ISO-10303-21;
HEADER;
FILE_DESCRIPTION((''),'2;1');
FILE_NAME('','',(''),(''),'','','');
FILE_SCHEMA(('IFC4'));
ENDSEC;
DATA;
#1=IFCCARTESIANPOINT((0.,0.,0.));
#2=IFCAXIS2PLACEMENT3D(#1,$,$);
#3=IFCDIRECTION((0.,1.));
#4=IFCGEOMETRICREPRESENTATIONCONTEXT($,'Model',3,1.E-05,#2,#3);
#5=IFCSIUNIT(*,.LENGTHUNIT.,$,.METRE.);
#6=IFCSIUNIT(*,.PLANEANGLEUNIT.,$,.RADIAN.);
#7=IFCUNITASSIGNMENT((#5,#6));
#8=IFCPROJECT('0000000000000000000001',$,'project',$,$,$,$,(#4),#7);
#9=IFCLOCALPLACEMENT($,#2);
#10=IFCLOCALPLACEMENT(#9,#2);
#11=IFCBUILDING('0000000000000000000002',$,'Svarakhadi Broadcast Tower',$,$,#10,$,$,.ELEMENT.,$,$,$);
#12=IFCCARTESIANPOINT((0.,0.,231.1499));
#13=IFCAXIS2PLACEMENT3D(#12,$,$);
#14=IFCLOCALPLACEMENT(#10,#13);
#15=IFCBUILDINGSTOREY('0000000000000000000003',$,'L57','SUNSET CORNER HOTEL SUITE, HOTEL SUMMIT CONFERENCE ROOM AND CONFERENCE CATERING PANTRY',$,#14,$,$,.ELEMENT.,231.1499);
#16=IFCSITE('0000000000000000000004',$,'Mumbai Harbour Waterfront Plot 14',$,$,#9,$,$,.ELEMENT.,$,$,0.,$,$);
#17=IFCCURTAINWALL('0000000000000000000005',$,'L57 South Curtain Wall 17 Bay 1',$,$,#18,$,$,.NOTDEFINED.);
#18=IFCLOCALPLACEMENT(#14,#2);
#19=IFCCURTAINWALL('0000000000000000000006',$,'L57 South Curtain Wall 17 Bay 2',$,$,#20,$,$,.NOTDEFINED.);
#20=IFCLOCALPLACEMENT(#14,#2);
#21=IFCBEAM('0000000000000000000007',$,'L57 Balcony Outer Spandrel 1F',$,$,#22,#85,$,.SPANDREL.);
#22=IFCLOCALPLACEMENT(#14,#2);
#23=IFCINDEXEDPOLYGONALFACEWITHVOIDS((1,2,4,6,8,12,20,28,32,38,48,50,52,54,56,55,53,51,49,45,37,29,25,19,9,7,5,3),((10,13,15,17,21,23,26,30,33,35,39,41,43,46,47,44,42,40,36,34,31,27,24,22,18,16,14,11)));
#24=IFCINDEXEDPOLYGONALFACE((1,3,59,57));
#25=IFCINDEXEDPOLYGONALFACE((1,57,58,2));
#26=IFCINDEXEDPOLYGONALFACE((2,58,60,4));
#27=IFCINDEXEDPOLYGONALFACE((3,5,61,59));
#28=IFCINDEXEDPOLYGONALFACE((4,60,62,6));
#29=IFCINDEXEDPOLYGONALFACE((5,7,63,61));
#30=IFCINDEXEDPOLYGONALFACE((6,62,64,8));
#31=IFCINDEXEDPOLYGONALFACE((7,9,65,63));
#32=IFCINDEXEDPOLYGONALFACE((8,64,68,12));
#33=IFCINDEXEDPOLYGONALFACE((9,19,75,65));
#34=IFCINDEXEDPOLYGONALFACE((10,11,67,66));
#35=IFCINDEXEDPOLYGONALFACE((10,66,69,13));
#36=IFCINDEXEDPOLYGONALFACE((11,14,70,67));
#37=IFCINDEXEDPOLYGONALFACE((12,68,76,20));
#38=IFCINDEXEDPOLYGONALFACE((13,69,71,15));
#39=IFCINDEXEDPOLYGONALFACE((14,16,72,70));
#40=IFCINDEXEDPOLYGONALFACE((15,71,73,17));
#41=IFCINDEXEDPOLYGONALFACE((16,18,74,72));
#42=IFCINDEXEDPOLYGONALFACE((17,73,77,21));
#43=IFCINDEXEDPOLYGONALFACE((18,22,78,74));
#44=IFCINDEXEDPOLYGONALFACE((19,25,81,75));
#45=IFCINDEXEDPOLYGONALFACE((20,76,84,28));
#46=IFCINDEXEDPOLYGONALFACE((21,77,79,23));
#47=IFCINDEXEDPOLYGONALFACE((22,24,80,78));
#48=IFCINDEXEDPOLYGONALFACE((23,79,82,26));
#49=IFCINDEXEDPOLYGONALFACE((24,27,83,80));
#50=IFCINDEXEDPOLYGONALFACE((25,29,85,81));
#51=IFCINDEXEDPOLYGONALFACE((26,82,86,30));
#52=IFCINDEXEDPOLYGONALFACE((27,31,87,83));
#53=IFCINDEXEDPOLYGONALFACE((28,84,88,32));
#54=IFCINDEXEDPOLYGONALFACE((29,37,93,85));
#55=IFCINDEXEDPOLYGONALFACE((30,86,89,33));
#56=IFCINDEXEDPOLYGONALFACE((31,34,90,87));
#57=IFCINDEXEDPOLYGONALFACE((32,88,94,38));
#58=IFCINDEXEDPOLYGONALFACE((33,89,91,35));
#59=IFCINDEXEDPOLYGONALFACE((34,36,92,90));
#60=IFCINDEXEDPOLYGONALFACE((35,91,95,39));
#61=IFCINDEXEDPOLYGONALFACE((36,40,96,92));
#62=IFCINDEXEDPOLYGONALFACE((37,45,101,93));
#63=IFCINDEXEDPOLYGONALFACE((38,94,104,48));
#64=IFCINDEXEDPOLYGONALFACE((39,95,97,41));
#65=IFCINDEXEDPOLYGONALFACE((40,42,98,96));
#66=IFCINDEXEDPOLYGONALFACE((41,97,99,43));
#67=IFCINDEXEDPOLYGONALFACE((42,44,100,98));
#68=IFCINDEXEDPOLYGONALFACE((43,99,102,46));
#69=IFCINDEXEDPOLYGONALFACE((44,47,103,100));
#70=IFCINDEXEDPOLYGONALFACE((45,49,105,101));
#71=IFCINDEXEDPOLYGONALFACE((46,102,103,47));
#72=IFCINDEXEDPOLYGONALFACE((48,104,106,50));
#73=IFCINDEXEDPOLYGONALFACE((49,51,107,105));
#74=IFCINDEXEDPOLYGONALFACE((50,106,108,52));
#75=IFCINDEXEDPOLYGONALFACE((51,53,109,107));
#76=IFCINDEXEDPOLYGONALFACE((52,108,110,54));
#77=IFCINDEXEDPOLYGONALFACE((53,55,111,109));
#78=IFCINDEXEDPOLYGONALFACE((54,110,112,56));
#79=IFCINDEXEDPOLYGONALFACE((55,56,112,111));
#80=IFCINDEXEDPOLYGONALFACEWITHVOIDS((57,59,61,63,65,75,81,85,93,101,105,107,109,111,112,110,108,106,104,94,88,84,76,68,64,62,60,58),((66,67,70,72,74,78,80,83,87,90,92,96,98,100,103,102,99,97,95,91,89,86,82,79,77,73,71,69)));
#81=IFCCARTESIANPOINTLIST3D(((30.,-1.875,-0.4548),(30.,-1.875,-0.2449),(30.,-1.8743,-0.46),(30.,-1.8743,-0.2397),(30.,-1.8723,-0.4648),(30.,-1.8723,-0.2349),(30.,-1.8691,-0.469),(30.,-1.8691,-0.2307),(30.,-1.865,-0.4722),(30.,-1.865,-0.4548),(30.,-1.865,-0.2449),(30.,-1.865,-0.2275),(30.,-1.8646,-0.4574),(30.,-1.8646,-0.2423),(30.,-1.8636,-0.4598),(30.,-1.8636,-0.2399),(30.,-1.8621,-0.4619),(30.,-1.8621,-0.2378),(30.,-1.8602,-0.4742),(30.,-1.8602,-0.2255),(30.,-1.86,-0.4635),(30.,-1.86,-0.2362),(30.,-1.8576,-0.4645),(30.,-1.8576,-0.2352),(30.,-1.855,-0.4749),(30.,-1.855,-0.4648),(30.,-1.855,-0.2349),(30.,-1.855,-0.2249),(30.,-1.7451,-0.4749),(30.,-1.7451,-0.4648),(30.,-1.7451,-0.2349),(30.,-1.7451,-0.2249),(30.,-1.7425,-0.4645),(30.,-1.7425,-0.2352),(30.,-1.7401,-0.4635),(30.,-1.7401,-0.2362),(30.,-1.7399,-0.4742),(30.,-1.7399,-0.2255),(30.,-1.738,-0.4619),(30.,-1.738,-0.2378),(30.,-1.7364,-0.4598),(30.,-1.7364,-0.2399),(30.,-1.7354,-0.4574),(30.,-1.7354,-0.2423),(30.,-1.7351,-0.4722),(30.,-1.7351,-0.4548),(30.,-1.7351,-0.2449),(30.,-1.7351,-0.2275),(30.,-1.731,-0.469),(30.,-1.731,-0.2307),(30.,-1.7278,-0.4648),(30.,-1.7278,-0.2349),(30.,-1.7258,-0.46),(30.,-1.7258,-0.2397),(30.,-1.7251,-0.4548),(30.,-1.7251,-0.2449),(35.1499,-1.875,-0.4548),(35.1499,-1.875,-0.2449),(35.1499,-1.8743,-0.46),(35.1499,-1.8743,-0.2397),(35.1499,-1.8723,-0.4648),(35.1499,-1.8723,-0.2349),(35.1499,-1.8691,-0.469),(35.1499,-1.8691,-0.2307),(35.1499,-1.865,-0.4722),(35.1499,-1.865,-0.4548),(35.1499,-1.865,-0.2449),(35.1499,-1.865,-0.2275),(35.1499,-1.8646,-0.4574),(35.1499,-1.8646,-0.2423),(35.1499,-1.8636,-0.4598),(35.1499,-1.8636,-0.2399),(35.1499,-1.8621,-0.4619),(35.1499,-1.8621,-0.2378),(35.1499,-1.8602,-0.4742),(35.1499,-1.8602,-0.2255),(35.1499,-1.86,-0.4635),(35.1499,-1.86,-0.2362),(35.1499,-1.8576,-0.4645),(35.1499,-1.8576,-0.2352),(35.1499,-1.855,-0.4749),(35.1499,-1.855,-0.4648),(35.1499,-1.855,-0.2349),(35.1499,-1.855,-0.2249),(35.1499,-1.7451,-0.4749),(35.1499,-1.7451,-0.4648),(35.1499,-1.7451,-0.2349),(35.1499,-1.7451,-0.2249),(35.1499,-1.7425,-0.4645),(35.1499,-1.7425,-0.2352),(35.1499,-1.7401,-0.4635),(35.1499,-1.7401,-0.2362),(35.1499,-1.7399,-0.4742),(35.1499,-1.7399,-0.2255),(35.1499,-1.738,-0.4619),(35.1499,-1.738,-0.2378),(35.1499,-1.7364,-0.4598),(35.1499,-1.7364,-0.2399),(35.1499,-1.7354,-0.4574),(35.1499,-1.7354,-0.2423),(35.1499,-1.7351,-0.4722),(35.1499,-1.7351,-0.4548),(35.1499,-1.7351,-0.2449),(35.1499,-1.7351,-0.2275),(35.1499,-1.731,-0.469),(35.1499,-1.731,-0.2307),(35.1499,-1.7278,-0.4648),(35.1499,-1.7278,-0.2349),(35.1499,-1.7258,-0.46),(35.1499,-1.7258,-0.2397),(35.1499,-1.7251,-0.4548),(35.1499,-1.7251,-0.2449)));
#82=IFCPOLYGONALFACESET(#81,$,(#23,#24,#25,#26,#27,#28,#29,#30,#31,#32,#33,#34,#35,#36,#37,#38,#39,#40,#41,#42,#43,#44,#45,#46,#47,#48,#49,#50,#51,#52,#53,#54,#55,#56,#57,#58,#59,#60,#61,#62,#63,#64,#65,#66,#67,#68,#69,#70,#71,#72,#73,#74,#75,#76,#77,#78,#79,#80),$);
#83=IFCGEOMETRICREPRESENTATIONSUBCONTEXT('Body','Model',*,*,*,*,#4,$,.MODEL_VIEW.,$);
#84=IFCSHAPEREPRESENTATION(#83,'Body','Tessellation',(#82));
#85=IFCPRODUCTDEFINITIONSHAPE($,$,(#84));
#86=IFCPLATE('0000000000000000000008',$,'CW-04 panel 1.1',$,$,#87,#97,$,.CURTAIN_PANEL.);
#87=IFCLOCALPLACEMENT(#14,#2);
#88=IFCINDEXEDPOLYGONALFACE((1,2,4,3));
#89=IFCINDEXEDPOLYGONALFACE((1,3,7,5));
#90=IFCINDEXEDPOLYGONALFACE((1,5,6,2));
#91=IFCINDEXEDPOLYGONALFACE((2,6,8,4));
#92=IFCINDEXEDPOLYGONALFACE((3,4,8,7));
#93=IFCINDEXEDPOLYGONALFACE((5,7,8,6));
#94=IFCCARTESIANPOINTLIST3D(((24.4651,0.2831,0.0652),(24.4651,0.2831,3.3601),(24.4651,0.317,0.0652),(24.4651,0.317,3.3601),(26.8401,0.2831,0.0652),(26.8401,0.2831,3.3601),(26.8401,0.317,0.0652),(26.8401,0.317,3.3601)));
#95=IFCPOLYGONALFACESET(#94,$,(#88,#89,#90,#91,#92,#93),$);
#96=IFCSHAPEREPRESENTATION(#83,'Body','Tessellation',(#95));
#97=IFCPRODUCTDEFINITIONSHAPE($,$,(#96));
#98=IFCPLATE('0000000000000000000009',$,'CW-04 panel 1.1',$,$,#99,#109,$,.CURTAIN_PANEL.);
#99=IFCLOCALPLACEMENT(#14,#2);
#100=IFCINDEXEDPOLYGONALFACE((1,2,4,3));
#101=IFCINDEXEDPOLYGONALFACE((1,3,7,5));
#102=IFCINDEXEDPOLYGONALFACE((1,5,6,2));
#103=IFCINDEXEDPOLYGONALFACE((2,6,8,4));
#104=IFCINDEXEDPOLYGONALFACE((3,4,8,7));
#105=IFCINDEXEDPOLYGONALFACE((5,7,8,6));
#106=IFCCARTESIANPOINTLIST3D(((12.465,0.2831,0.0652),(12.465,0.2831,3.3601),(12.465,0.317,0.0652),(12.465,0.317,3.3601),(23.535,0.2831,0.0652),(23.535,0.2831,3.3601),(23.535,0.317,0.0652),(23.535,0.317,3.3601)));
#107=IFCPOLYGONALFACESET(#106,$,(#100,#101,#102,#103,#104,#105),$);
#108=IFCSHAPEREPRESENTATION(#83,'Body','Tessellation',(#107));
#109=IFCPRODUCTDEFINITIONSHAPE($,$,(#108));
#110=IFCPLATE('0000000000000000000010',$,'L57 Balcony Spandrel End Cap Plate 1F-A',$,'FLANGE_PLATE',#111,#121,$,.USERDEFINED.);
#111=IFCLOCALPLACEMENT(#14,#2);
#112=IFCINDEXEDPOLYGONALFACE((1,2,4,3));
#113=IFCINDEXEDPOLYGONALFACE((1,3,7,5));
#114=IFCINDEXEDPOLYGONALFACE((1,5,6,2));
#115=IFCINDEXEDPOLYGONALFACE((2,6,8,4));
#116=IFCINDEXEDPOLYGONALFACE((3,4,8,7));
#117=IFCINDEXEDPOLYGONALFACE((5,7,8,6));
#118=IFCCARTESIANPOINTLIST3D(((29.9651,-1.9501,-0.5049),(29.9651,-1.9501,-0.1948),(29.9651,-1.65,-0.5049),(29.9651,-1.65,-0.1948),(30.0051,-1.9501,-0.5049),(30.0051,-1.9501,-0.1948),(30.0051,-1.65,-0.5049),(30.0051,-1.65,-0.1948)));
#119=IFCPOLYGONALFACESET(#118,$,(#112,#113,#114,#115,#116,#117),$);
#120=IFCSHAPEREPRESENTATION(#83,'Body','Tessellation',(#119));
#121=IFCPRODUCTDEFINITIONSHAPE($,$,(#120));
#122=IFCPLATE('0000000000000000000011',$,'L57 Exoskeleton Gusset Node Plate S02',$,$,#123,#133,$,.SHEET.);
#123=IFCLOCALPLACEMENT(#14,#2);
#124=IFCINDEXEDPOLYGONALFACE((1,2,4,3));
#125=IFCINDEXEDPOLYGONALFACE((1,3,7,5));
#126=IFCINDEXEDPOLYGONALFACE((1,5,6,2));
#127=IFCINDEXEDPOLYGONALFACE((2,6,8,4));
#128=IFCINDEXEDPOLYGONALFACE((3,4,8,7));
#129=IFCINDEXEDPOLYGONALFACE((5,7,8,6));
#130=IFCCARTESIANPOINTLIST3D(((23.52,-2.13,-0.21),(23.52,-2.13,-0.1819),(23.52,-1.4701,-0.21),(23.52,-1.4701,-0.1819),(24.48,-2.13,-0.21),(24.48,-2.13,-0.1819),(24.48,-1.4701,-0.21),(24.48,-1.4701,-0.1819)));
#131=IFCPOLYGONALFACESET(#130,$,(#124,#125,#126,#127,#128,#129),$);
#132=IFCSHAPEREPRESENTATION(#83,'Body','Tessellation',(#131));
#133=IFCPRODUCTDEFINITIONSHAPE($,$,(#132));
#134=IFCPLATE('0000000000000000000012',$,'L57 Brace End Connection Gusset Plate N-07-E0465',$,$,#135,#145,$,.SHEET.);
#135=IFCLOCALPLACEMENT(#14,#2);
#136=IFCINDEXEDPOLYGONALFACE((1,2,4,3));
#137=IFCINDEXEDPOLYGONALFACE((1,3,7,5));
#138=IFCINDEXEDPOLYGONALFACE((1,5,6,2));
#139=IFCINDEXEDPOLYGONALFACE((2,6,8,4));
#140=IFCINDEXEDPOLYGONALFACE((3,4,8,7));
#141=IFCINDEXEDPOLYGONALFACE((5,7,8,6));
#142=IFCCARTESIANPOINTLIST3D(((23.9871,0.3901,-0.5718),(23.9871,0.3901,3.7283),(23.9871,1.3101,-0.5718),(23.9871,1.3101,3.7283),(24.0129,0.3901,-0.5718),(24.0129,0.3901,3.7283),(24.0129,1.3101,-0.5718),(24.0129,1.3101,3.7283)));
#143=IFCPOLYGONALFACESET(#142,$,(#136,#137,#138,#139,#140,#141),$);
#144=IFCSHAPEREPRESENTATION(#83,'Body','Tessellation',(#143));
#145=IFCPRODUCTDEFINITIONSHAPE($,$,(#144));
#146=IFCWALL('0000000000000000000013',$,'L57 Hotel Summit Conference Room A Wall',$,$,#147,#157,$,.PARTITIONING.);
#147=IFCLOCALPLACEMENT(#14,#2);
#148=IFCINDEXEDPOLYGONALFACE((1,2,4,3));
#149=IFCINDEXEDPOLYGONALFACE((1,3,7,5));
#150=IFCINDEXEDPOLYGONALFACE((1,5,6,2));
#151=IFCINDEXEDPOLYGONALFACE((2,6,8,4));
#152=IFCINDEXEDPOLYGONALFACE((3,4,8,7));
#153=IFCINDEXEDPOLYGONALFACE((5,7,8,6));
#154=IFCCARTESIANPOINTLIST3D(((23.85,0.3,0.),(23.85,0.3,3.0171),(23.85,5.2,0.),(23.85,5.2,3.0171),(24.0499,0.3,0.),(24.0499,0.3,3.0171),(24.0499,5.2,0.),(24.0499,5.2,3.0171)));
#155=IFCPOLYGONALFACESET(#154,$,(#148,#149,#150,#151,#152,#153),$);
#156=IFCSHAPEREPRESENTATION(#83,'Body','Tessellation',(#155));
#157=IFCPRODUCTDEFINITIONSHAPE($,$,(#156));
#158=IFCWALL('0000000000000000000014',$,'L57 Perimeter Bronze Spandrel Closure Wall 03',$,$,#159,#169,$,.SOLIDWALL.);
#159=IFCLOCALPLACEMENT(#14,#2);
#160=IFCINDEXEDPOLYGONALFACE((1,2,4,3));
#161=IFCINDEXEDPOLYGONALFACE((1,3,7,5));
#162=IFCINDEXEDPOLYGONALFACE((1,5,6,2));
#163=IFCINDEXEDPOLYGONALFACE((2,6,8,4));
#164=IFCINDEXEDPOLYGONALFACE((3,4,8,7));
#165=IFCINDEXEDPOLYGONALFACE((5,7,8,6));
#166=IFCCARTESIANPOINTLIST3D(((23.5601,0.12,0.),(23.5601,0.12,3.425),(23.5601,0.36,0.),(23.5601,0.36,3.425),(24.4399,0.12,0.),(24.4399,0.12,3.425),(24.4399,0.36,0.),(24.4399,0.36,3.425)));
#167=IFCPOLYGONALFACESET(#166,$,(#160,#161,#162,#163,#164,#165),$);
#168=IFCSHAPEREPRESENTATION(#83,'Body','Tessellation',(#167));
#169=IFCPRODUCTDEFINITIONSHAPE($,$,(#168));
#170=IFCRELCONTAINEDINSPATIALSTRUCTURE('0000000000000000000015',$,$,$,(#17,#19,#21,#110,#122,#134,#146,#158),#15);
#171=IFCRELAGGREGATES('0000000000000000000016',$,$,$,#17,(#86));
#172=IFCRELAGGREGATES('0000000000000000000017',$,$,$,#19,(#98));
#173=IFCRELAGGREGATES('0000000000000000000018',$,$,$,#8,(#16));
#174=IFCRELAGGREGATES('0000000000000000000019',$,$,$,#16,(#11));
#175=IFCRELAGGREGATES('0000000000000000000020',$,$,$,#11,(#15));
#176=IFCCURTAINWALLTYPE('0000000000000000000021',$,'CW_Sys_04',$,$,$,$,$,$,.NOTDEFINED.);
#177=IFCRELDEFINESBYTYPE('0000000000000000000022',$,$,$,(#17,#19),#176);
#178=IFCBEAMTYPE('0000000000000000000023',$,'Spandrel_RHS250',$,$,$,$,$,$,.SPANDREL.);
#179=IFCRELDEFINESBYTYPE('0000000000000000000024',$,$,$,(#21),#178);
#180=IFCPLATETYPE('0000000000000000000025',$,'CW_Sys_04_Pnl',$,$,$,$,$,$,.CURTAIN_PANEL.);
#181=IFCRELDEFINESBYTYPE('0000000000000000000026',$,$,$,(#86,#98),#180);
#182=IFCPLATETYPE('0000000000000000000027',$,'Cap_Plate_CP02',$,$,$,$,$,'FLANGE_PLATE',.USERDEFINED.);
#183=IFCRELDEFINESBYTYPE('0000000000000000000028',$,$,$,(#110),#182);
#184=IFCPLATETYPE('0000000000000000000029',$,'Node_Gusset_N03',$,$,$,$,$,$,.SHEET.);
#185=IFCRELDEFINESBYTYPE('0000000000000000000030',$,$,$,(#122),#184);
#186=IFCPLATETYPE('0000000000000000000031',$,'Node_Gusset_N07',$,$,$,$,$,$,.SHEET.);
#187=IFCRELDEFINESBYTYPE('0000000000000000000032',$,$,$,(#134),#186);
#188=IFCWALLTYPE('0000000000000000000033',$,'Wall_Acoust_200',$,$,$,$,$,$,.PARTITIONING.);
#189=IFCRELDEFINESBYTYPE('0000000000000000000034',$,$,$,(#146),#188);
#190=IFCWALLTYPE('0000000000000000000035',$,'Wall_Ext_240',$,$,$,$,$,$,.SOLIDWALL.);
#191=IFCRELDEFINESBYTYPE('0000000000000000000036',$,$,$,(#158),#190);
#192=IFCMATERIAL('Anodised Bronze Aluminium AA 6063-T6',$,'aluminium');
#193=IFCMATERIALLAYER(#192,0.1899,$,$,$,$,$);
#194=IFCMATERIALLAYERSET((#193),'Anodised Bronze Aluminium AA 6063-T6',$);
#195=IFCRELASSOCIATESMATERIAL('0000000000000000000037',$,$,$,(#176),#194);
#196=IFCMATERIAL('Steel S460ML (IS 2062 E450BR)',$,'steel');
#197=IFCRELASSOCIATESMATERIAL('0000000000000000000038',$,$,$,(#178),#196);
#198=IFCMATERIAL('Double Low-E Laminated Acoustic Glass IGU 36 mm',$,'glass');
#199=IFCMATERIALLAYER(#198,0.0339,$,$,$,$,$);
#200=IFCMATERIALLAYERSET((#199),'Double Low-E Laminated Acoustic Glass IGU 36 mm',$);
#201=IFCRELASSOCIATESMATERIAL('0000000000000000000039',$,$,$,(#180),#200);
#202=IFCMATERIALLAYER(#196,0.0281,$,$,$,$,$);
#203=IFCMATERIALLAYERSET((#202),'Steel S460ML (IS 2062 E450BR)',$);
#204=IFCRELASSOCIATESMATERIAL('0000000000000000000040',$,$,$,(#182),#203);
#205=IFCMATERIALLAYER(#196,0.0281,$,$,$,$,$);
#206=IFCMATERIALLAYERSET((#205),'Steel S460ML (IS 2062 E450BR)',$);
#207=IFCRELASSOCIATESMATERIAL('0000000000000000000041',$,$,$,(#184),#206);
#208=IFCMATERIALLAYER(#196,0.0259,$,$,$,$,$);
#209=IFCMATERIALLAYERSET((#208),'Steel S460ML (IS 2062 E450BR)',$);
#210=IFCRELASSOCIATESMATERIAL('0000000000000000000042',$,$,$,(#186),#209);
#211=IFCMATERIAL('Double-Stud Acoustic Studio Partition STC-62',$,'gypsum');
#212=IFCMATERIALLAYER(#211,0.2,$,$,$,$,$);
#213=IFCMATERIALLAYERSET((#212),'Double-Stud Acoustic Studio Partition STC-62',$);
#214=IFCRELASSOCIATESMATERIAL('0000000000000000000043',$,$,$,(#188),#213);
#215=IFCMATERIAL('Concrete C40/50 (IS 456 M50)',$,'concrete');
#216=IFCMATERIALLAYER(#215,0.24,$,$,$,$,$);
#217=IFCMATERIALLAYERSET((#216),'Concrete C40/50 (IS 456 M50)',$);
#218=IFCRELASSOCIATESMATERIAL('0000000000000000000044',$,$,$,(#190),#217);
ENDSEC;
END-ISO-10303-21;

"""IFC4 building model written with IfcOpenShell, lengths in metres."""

from ifc_helpers import new_model, si_unit, direction, frame, frame_2d, origin, origin_2d, place, context, subcontext, project, spatial, rectangle, hollow_rectangle, extrude, material, layer, layer_set, material_profile, profile_set, type_object, element, aggregate, save


model = new_model("IFC4")

# Units and contexts
model_context = context("Model", 3, precision=1e-05, world=origin(), true_north=direction((0.0, 1.0)))
body_context = subcontext(model_context, "Body", "Model", "MODEL_VIEW")
ifc_project = project(units=[si_unit("LENGTHUNIT", "METRE"), si_unit("PLANEANGLEUNIT", "RADIAN")], contexts=[model_context])

# Site, building, storey
site_placement = place(None, origin())
site = spatial("IfcSite", under=ifc_project, at=site_placement, Name="Mumbai Harbour Waterfront Plot 14", CompositionType="ELEMENT", RefElevation=0.0)
building_placement = place(site_placement, origin())
building = spatial("IfcBuilding", under=site, at=building_placement, Name="Svarakhadi Broadcast Tower", CompositionType="ELEMENT")
storey_placement = place(building_placement, frame((0.0, 0.0, 231.1499)))
storey = spatial("IfcBuildingStorey", under=building, at=storey_placement, Name="L57", Description="SUNSET CORNER HOTEL SUITE, HOTEL SUMMIT CONFERENCE ROOM AND CONFERENCE CATERING PANTRY", CompositionType="ELEMENT", Elevation=231.1499)

# Shared definitions
ifc_material_1 = material(Name="Steel S460ML (IS 2062 E450BR)", Category="steel")

# Curtain wall
ifc_material_2 = material(Name="Anodised Bronze Aluminium AA 6063-T6", Category="aluminium")
ifc_layer_1 = layer(ifc_material_2, 0.1899)
ifc_layer_set_1 = layer_set([ifc_layer_1], Name="Anodised Bronze Aluminium AA 6063-T6")
curtain_wall_type = type_object("IfcCurtainWallType", Name="CW_Sys_04", PredefinedType="NOTDEFINED", material=ifc_layer_set_1)
curtain_wall_1_placement = place(storey_placement, origin())
curtain_wall_1 = element("IfcCurtainWall", 1, at=curtain_wall_1_placement, inside=storey, type_object=curtain_wall_type, Name="L57 South Curtain Wall 17 Bay 1", PredefinedType="NOTDEFINED")

# Curtain wall
curtain_wall_2_placement = place(storey_placement, origin())
curtain_wall_2 = element("IfcCurtainWall", 2, at=curtain_wall_2_placement, inside=storey, type_object=curtain_wall_type, Name="L57 South Curtain Wall 17 Bay 2", PredefinedType="NOTDEFINED")

# Beam
ifc_material_profile_1 = material_profile(ifc_material_1, hollow_rectangle(XDim=0.1499, YDim=0.25, WallThickness=0.01, InnerFilletRadius=0.01, OuterFilletRadius=0.02, at=origin_2d()), Name="RHS 250x150x10")
ifc_profile_set_1 = profile_set([ifc_material_profile_1], Name="Steel S460ML (IS 2062 E450BR)")
beam_type_1 = type_object("IfcBeamType", Name="Spandrel_RHS250", PredefinedType="SPANDREL", material=ifc_profile_set_1)
beam_placement = place(storey_placement, frame((30.0, -1.8, -0.3499), z_axis=(1.0, 0.0, 0.0), x_axis=(0.0, 1.0, 0.0)))
element("IfcBeam", 3, at=beam_placement, inside=storey, type_object=beam_type_1, Name="L57 Balcony Outer Spandrel 1F", PredefinedType="SPANDREL", context=body_context, shape_type="SweptSolid", body=[
    extrude(hollow_rectangle(XDim=0.1499, YDim=0.25, WallThickness=0.01, InnerFilletRadius=0.01, OuterFilletRadius=0.02, at=origin_2d()), origin(), (0.0, 0.0, 1.0), 5.1499),
])

# Plates
ifc_material_3 = material(Name="Double Low-E Laminated Acoustic Glass IGU 36 mm", Category="glass")
ifc_layer_2 = layer(ifc_material_3, 0.0339)
ifc_layer_set_2 = layer_set([ifc_layer_2], Name="Double Low-E Laminated Acoustic Glass IGU 36 mm")
plate_type_1 = type_object("IfcPlateType", Name="CW_Sys_04_Pnl", PredefinedType="CURTAIN_PANEL", material=ifc_layer_set_2)
plate_1_placement = place(storey_placement, frame((25.6526, 0.3, 0.0652), z_axis=(0.0, 0.0, 1.0), x_axis=(-1.0, 0.0, 0.0)))
plate_1 = element("IfcPlate", 4, at=plate_1_placement, type_object=plate_type_1, Name="CW-04 panel 1.1", PredefinedType="CURTAIN_PANEL", context=body_context, shape_type="SweptSolid", body=[
    extrude(rectangle(XDim=2.375, YDim=0.0339, at=origin_2d()), origin(), (0.0, 0.0, 1.0), 3.2949),
])
aggregate(curtain_wall_1, [plate_1])
plate_2_placement = place(storey_placement, frame((18.0, 0.3, 0.0652), z_axis=(0.0, 0.0, 1.0), x_axis=(-1.0, 0.0, 0.0)))
plate_2 = element("IfcPlate", 5, at=plate_2_placement, type_object=plate_type_1, Name="CW-04 panel 1.1", PredefinedType="CURTAIN_PANEL", context=body_context, shape_type="SweptSolid", body=[
    extrude(rectangle(XDim=11.0701, YDim=0.0339, at=origin_2d()), origin(), (0.0, 0.0, 1.0), 3.2949),
])
aggregate(curtain_wall_2, [plate_2])

# Plates
ifc_layer_3 = layer(ifc_material_1, 0.0281)
ifc_layer_set_3 = layer_set([ifc_layer_3], Name="Steel S460ML (IS 2062 E450BR)")
plate_type_2 = type_object("IfcPlateType", Name="Cap_Plate_CP02", ElementType="FLANGE_PLATE", PredefinedType="USERDEFINED", material=ifc_layer_set_3)
plate_3_placement = place(storey_placement, frame((29.9851, -1.8, -0.5049), z_axis=(0.0, 0.0, 1.0), x_axis=(1.0, 0.0, 0.0)))
element("IfcPlate", 6, at=plate_3_placement, inside=storey, type_object=plate_type_2, Name="L57 Balcony Spandrel End Cap Plate 1F-A", ObjectType="FLANGE_PLATE", PredefinedType="USERDEFINED", context=body_context, shape_type="SweptSolid", body=[
    extrude(rectangle(XDim=0.04, YDim=0.3, at=origin_2d()), origin(), (0.0, 0.0, 1.0), 0.3101),
])
ifc_layer_4 = layer(ifc_material_1, 0.0281)
ifc_layer_set_4 = layer_set([ifc_layer_4], Name="Steel S460ML (IS 2062 E450BR)")
plate_type_3 = type_object("IfcPlateType", Name="Node_Gusset_N03", PredefinedType="SHEET", material=ifc_layer_set_4)
plate_4_placement = place(storey_placement, frame((24.0, -1.8, -0.21), z_axis=(0.0, 0.0, 1.0), x_axis=(1.0, 0.0, 0.0)))
element("IfcPlate", 7, at=plate_4_placement, inside=storey, type_object=plate_type_3, Name="L57 Exoskeleton Gusset Node Plate S02", PredefinedType="SHEET", context=body_context, shape_type="SweptSolid", body=[
    extrude(rectangle(XDim=0.96, YDim=0.6599, at=origin_2d()), origin(), (0.0, 0.0, 1.0), 0.0281),
])
ifc_layer_5 = layer(ifc_material_1, 0.0259)
ifc_layer_set_5 = layer_set([ifc_layer_5], Name="Steel S460ML (IS 2062 E450BR)")
plate_type_4 = type_object("IfcPlateType", Name="Node_Gusset_N07", PredefinedType="SHEET", material=ifc_layer_set_5)
plate_5_placement = place(storey_placement, frame((24.0, 0.8501, -0.5718), z_axis=(0.0, 0.0, 1.0), x_axis=(0.0, 1.0, 0.0)))
element("IfcPlate", 8, at=plate_5_placement, inside=storey, type_object=plate_type_4, Name="L57 Brace End Connection Gusset Plate N-07-E0465", PredefinedType="SHEET", context=body_context, shape_type="SweptSolid", body=[
    extrude(rectangle(XDim=0.9199, YDim=0.0259, at=origin_2d()), origin(), (0.0, 0.0, 1.0), 4.3),
])

# Walls
ifc_material_4 = material(Name="Double-Stud Acoustic Studio Partition STC-62", Category="gypsum")
ifc_layer_6 = layer(ifc_material_4, 0.2)
ifc_layer_set_6 = layer_set([ifc_layer_6], Name="Double-Stud Acoustic Studio Partition STC-62")
wall_type_1 = type_object("IfcWallType", Name="Wall_Acoust_200", PredefinedType="PARTITIONING", material=ifc_layer_set_6)
wall_1_placement = place(storey_placement, frame((23.95, 0.3, 0.0), z_axis=(0.0, 0.0, 1.0), x_axis=(0.0, 1.0, 0.0)))
element("IfcWall", 9, at=wall_1_placement, inside=storey, type_object=wall_type_1, Name="L57 Hotel Summit Conference Room A Wall", PredefinedType="PARTITIONING", context=body_context, shape_type="SweptSolid", body=[
    extrude(rectangle(XDim=4.8999, YDim=0.2, at=frame_2d((2.45, 0.0))), origin(), (0.0, 0.0, 1.0), 3.0171),
])
ifc_material_5 = material(Name="Concrete C40/50 (IS 456 M50)", Category="concrete")
ifc_layer_7 = layer(ifc_material_5, 0.24)
ifc_layer_set_7 = layer_set([ifc_layer_7], Name="Concrete C40/50 (IS 456 M50)")
wall_type_2 = type_object("IfcWallType", Name="Wall_Ext_240", PredefinedType="SOLIDWALL", material=ifc_layer_set_7)
wall_2_placement = place(storey_placement, frame((24.4399, 0.24, 0.0), z_axis=(0.0, 0.0, 1.0), x_axis=(-1.0, 0.0, 0.0)))
element("IfcWall", 10, at=wall_2_placement, inside=storey, type_object=wall_type_2, Name="L57 Perimeter Bronze Spandrel Closure Wall 03", PredefinedType="SOLIDWALL", context=body_context, shape_type="SweptSolid", body=[
    extrude(rectangle(XDim=0.8799, YDim=0.24, at=frame_2d((0.4399, 0.0))), origin(), (0.0, 0.0, 1.0), 3.425),
])

save(model, "model.ifc")
